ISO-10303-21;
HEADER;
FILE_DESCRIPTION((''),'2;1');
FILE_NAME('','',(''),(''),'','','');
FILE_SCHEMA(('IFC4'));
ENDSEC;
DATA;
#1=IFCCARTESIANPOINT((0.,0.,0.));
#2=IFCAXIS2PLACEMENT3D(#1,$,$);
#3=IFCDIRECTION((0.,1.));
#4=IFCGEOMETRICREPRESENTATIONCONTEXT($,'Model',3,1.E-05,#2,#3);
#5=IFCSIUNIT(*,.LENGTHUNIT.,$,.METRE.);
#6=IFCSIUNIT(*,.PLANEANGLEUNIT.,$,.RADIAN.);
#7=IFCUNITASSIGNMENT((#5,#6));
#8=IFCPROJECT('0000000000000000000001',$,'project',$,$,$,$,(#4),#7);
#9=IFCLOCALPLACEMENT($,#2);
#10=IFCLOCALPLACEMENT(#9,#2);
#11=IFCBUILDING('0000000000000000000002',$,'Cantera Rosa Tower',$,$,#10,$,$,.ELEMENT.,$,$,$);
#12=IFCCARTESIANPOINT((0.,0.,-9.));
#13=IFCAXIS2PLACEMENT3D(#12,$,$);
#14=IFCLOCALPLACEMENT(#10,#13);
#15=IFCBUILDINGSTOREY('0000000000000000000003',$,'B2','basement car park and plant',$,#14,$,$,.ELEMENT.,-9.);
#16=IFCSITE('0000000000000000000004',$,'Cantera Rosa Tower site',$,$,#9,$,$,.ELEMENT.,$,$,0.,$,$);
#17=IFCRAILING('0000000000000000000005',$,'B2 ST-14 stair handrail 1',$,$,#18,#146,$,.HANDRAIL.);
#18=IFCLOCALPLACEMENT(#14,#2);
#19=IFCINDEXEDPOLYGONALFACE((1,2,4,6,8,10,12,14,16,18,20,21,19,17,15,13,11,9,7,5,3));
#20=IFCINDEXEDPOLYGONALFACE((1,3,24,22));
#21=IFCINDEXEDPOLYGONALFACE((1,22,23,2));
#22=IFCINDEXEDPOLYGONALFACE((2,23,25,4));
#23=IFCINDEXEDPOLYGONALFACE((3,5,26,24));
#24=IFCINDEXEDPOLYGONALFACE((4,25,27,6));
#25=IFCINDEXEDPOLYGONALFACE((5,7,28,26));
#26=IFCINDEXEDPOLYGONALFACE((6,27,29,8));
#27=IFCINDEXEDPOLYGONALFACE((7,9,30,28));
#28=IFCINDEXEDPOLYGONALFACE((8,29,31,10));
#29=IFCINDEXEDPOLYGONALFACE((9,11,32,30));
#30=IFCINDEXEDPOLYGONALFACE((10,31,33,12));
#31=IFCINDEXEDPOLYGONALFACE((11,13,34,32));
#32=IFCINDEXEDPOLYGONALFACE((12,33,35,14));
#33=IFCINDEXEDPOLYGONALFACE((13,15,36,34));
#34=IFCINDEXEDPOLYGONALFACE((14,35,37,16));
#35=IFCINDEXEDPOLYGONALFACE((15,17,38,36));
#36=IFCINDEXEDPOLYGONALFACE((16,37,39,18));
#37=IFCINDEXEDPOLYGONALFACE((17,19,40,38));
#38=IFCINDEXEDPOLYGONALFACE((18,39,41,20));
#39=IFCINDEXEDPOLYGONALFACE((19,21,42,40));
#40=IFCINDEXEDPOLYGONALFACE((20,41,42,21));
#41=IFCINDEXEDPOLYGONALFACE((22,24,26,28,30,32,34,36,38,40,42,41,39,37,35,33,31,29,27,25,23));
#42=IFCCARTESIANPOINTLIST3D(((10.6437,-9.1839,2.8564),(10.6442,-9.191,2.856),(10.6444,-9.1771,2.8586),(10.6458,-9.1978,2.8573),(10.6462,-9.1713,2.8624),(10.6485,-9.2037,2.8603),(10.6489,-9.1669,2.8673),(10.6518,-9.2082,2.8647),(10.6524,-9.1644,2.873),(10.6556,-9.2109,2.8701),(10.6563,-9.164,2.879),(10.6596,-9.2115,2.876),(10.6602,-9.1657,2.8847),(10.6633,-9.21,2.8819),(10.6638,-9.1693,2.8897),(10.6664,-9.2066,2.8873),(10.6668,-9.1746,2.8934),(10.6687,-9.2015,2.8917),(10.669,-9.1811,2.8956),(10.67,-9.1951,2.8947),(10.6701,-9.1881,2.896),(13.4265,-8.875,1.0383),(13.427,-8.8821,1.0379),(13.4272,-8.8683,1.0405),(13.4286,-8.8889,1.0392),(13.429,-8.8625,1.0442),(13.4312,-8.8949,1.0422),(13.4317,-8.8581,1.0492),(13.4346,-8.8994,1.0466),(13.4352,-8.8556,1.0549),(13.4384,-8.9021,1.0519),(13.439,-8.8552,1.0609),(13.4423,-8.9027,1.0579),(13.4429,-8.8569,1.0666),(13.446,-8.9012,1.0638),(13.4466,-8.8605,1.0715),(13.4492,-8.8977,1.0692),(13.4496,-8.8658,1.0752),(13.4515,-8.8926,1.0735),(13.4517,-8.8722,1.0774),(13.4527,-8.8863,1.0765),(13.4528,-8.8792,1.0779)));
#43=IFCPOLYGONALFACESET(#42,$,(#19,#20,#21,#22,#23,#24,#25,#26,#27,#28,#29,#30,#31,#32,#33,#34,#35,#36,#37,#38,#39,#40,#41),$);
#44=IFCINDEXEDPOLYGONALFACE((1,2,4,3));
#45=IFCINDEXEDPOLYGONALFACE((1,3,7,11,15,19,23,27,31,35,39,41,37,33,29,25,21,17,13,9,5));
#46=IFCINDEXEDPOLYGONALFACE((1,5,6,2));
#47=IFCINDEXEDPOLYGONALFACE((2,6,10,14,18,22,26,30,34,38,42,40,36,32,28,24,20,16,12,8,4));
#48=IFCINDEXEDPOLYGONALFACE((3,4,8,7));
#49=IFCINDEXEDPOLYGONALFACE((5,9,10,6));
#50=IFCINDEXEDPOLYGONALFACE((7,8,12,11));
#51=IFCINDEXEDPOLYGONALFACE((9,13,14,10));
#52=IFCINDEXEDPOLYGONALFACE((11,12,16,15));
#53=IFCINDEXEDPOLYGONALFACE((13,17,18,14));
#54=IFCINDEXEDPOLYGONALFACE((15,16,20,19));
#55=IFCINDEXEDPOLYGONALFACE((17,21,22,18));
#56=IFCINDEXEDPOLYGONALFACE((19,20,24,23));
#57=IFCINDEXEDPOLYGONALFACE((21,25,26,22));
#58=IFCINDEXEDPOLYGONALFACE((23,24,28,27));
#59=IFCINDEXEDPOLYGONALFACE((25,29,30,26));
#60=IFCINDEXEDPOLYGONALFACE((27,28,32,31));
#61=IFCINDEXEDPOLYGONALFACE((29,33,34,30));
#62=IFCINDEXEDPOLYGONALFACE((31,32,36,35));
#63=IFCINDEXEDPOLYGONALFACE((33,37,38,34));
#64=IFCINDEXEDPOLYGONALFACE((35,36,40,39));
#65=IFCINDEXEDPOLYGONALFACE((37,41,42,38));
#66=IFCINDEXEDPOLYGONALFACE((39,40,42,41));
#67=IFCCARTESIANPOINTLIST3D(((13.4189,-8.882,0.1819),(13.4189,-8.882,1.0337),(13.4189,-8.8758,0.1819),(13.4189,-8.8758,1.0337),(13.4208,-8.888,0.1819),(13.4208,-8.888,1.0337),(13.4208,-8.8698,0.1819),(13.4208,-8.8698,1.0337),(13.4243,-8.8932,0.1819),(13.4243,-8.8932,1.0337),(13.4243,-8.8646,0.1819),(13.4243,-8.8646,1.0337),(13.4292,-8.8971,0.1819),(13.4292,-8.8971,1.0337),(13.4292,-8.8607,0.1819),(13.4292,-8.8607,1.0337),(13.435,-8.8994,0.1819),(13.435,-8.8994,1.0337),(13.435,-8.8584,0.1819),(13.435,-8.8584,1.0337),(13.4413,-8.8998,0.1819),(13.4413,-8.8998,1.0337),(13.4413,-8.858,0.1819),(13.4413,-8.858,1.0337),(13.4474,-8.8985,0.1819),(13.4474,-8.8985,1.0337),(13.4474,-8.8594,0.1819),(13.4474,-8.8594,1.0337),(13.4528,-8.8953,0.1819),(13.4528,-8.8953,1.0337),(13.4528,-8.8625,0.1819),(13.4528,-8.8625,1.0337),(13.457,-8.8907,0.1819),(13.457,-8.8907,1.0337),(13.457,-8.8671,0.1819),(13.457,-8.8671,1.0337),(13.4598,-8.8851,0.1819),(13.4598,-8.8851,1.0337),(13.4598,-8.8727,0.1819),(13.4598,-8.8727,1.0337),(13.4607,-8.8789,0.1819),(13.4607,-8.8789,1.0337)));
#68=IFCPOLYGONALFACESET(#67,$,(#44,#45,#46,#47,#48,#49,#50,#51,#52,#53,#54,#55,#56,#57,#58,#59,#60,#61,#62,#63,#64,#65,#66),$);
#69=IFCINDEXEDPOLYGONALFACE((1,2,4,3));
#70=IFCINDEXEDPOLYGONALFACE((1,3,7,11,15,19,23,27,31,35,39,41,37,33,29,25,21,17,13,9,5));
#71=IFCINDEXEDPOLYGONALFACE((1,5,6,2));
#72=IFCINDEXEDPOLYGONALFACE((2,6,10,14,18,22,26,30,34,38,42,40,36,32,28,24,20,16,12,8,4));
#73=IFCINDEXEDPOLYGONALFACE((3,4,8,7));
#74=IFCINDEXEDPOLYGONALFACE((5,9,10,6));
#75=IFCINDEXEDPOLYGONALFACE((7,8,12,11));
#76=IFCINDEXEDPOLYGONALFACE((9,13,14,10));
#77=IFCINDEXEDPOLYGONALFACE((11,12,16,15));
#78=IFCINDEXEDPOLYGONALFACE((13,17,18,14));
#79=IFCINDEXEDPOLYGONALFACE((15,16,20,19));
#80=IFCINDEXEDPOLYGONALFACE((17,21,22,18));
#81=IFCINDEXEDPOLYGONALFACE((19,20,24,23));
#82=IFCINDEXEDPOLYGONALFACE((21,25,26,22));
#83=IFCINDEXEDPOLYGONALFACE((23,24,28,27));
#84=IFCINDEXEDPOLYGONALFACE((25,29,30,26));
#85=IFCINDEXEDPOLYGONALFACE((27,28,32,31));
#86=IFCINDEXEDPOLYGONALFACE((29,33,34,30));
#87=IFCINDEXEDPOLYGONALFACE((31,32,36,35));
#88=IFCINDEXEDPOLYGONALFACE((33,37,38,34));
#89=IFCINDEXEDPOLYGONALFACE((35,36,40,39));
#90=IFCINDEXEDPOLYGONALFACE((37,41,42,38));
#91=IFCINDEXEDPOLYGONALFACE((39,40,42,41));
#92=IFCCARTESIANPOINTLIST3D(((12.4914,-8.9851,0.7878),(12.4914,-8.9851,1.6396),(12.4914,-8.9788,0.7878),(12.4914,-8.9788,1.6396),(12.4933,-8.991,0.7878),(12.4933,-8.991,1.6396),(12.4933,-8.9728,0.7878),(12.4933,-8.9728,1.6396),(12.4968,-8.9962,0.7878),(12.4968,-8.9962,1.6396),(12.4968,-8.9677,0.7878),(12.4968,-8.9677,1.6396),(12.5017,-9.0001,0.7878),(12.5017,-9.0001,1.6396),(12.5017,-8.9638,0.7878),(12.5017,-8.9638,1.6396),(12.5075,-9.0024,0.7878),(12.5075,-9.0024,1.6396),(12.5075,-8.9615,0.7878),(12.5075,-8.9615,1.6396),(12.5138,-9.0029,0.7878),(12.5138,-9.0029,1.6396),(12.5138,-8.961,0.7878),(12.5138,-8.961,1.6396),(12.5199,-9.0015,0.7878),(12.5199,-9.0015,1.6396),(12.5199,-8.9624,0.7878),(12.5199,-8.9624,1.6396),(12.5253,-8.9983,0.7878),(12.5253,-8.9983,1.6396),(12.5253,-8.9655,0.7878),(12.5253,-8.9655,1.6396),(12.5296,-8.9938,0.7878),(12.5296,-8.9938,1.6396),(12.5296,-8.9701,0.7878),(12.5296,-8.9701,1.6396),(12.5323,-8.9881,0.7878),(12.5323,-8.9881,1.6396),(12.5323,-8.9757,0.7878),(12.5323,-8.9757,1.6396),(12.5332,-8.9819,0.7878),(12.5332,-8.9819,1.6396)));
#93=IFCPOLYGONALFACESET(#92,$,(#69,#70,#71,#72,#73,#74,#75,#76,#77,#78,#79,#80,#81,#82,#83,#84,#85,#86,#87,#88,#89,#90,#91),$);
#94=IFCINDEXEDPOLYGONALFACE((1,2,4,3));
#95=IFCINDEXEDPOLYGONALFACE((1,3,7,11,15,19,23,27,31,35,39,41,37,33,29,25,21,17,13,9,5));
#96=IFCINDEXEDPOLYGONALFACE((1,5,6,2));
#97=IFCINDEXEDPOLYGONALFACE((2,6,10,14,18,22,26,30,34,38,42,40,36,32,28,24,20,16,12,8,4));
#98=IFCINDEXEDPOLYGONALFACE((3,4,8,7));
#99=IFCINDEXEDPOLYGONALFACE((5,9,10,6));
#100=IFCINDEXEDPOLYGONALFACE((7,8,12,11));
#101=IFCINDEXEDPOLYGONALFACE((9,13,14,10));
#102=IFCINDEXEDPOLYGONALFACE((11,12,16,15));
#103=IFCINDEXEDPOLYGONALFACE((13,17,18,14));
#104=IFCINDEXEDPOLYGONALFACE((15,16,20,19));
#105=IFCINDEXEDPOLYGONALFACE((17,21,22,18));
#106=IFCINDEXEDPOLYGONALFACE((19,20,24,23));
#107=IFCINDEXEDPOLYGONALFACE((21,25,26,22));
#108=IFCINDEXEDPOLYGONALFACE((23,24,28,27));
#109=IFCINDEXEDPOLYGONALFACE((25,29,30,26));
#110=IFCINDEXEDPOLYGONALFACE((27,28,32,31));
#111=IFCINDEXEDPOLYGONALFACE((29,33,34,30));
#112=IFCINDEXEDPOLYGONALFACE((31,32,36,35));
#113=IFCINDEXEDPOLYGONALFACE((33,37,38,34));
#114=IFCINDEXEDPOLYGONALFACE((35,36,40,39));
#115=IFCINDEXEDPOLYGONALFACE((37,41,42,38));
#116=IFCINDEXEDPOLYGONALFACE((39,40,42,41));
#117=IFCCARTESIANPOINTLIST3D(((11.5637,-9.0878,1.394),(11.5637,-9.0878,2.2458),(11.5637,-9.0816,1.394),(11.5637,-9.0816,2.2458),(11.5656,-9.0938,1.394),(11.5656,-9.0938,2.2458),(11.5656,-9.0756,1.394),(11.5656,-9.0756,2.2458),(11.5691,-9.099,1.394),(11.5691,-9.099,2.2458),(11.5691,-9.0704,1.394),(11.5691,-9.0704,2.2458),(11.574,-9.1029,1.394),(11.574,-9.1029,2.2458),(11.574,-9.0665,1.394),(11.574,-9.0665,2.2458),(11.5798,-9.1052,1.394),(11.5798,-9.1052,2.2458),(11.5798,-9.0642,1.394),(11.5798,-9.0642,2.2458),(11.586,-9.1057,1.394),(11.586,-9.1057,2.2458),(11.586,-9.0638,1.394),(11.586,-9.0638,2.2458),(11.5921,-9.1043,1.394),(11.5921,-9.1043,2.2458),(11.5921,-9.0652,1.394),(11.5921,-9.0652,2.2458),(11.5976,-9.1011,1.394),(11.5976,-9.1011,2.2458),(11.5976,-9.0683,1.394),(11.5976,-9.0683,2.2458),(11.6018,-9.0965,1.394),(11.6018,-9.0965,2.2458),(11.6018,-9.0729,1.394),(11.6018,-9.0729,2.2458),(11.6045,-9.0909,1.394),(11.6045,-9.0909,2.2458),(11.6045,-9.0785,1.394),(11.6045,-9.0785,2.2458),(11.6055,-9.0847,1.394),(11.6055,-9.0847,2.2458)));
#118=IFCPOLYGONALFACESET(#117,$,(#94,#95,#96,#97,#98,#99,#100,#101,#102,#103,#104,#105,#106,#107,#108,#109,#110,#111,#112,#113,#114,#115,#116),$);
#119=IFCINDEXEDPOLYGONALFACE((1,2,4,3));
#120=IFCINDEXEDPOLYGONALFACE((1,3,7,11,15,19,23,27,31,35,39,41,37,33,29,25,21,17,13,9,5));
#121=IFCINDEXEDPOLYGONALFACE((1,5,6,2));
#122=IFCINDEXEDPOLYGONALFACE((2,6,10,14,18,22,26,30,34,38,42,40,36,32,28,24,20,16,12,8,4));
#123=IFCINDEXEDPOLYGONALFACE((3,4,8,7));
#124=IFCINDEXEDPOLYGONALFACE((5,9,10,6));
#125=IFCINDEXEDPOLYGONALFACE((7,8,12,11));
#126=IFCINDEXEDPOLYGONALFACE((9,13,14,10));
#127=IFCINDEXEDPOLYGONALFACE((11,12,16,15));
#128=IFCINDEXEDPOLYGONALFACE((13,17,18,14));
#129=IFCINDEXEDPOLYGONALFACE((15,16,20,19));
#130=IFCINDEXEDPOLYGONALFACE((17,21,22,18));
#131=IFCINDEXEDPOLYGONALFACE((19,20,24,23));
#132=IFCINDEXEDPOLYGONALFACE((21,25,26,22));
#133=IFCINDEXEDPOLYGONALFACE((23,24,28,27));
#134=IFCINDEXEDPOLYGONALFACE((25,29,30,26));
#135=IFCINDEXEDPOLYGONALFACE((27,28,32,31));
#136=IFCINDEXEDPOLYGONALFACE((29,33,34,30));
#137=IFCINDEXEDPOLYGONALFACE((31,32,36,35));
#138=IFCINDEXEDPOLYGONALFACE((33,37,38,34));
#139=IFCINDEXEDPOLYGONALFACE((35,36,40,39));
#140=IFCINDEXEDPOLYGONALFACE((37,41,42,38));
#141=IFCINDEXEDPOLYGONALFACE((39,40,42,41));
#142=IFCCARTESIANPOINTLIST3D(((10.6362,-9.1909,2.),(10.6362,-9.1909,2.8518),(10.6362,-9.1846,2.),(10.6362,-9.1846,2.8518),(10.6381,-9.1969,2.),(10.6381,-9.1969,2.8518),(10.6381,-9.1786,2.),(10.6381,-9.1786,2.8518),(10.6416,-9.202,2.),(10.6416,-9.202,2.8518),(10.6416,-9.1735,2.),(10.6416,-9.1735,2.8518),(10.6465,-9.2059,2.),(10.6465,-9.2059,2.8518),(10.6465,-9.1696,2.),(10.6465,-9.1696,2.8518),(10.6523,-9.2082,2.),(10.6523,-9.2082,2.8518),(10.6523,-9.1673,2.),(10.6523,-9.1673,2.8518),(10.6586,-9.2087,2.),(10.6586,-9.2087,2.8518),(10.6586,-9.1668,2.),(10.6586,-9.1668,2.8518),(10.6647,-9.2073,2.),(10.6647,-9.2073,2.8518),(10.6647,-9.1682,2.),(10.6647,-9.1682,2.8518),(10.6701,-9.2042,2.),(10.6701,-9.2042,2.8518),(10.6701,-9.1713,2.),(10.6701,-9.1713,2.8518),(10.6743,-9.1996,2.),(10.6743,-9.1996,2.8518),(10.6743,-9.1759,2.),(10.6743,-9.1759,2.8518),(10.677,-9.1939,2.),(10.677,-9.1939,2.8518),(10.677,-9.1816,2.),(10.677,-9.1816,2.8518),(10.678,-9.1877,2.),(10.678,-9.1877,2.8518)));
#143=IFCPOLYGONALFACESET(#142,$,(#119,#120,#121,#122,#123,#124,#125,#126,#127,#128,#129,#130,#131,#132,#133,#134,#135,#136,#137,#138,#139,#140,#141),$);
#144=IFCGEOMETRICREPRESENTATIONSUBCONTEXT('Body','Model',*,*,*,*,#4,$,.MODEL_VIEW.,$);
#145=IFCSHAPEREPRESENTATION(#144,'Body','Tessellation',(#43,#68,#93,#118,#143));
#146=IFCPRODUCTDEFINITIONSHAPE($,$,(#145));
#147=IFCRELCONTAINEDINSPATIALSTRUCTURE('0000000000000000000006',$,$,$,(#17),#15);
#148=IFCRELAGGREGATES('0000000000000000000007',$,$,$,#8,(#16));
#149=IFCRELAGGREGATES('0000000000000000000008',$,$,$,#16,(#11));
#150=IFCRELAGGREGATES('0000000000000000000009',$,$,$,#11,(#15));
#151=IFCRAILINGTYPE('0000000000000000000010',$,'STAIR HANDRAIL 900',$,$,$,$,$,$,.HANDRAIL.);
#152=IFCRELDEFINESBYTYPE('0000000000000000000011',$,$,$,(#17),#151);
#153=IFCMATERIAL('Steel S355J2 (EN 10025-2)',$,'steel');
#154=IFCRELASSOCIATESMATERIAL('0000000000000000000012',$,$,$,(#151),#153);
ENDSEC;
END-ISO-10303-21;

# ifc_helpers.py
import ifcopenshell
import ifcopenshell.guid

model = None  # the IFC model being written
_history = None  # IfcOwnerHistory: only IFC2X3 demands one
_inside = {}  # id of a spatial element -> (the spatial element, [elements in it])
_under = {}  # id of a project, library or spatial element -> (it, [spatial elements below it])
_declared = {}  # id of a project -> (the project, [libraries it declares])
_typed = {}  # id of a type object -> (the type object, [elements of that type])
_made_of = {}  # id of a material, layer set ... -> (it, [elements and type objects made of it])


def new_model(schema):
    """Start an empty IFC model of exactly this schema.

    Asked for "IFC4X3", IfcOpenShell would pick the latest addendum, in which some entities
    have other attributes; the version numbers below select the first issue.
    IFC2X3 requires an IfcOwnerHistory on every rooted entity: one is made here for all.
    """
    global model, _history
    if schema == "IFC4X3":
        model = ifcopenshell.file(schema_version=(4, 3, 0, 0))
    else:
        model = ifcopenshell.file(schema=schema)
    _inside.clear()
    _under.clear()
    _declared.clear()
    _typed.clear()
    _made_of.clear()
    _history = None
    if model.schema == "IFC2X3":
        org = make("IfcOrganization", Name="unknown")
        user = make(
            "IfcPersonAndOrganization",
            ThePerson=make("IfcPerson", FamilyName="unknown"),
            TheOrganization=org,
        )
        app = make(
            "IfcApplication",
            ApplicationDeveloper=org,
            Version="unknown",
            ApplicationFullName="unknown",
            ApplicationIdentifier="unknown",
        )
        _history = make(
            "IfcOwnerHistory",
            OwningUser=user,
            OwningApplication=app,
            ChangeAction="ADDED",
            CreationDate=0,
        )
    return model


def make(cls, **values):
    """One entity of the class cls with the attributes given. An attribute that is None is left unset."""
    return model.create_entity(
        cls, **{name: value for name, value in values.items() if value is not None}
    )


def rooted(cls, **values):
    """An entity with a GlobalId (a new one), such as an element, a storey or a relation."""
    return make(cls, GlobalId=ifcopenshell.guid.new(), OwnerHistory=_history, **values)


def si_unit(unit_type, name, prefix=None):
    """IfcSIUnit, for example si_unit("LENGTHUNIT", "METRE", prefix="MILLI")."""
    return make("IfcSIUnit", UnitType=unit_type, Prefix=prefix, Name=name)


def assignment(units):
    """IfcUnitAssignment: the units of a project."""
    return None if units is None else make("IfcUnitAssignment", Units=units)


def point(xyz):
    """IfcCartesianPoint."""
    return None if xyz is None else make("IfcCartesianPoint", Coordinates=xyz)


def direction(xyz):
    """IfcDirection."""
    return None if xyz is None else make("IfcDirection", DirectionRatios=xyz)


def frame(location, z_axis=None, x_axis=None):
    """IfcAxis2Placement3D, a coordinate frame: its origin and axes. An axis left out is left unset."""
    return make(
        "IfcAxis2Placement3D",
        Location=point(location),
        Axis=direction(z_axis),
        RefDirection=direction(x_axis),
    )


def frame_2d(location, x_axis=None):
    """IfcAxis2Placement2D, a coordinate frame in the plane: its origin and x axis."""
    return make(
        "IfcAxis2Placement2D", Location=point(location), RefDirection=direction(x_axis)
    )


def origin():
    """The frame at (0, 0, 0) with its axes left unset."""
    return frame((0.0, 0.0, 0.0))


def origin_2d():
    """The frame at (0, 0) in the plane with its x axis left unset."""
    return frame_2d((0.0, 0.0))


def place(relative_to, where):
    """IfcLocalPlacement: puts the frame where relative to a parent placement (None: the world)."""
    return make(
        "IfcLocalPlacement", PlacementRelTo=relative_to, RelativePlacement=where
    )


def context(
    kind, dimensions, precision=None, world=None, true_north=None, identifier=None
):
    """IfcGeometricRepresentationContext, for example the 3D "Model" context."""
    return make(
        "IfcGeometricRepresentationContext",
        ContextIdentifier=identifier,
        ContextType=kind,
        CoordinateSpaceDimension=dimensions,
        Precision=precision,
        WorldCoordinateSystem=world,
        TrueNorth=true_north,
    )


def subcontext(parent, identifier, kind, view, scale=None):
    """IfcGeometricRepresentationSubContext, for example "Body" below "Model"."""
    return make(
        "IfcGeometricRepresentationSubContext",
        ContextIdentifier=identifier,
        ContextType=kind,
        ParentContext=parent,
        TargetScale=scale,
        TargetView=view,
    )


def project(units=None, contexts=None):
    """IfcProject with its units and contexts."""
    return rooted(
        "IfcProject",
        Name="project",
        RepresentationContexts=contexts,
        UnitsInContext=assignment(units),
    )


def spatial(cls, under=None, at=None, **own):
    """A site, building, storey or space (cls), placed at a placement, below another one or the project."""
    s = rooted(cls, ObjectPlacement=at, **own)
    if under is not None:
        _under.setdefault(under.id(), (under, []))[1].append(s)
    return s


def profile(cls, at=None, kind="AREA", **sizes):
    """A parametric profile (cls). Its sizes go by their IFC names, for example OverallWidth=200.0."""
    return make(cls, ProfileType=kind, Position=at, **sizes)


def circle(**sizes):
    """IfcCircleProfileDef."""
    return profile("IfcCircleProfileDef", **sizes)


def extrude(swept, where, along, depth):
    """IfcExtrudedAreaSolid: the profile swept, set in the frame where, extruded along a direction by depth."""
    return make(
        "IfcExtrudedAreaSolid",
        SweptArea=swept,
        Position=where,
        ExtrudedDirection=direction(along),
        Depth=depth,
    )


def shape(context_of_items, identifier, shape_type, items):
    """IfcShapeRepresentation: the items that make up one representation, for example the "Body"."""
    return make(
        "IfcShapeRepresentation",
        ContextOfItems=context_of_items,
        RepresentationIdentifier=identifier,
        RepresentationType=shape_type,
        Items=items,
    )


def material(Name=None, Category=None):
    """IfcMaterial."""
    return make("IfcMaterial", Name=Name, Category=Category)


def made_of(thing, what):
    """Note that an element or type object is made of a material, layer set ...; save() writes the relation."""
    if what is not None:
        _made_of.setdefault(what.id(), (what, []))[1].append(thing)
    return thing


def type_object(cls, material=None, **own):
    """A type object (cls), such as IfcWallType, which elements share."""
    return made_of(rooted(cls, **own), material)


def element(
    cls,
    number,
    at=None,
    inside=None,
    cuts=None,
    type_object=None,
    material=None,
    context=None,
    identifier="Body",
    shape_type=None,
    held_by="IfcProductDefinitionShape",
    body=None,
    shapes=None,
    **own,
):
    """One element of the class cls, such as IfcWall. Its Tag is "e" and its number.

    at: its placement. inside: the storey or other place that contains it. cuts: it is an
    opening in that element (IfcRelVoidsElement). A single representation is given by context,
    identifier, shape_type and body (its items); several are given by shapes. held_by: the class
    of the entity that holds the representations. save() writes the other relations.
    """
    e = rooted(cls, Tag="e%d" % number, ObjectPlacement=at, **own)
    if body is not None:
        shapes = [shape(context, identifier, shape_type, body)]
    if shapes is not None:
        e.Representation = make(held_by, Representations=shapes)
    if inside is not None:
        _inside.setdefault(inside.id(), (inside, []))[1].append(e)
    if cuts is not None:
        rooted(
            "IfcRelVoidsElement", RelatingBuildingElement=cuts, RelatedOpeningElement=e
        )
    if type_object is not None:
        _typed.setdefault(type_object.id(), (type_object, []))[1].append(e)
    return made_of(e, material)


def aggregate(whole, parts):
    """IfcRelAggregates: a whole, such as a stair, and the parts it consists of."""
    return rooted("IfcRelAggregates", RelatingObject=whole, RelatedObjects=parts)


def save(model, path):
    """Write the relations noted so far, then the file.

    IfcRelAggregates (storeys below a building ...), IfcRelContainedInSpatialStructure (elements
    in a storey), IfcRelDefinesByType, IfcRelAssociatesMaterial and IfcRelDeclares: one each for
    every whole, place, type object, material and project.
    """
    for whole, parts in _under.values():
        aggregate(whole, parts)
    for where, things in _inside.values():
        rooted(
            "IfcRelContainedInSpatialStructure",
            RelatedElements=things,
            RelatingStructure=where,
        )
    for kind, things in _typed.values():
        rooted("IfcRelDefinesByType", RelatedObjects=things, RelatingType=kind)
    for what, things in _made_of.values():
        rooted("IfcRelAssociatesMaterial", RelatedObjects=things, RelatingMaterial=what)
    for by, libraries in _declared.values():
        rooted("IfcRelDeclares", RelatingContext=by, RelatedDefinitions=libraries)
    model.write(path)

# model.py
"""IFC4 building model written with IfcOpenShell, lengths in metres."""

from ifc_helpers import new_model, si_unit, direction, frame, origin, origin_2d, place, context, subcontext, project, spatial, circle, extrude, material, type_object, element, save


model = new_model("IFC4")

# Units and contexts
model_context = context("Model", 3, precision=1e-05, world=origin(), true_north=direction((0.0, 1.0)))
body_context = subcontext(model_context, "Body", "Model", "MODEL_VIEW")
ifc_project = project(units=[si_unit("LENGTHUNIT", "METRE"), si_unit("PLANEANGLEUNIT", "RADIAN")], contexts=[model_context])

# Site, building, storey
site_placement = place(None, origin())
site = spatial("IfcSite", under=ifc_project, at=site_placement, Name="Cantera Rosa Tower site", CompositionType="ELEMENT", RefElevation=0.0)
building_placement = place(site_placement, origin())
building = spatial("IfcBuilding", under=site, at=building_placement, Name="Cantera Rosa Tower", CompositionType="ELEMENT")
storey_placement = place(building_placement, frame((0.0, 0.0, -9.0)))
storey = spatial("IfcBuildingStorey", under=building, at=storey_placement, Name="B2", Description="basement car park and plant", CompositionType="ELEMENT", Elevation=-9.0)

# Railing
ifc_material_1 = material(Name="Steel S355J2 (EN 10025-2)", Category="steel")
railing_type_1 = type_object("IfcRailingType", Name="STAIR HANDRAIL 900", PredefinedType="HANDRAIL", material=ifc_material_1)
railing_1_placement = place(storey_placement, frame((13.4397, -8.8789, 0.1819)))
element("IfcRailing", 1, at=railing_1_placement, inside=storey, type_object=railing_type_1, Name="B2 ST-14 stair handrail 1", PredefinedType="HANDRAIL", context=body_context, shape_type="SweptSolid", body=[
    extrude(circle(Radius=0.0239, at=origin_2d()), frame((0.0, 0.0, 0.876), z_axis=(-0.833566, -0.092513, 0.544619), x_axis=(0.110307, -0.993898, 0.0)), (0.0, 0.0, 1.0), 3.3384),
    extrude(circle(Radius=0.021, at=origin_2d()), origin(), (0.0, 0.0, 1.0), 0.8518),
    extrude(circle(Radius=0.021, at=origin_2d()), frame((-0.9275, -0.103, 0.606)), (0.0, 0.0, 1.0), 0.8518),
    extrude(circle(Radius=0.021, at=origin_2d()), frame((-1.8552, -0.2058, 1.2122)), (0.0, 0.0, 1.0), 0.8518),
    extrude(circle(Radius=0.021, at=origin_2d()), frame((-2.7827, -0.3088, 1.8181)), (0.0, 0.0, 1.0), 0.8518),
])

save(model, "model.ifc")
